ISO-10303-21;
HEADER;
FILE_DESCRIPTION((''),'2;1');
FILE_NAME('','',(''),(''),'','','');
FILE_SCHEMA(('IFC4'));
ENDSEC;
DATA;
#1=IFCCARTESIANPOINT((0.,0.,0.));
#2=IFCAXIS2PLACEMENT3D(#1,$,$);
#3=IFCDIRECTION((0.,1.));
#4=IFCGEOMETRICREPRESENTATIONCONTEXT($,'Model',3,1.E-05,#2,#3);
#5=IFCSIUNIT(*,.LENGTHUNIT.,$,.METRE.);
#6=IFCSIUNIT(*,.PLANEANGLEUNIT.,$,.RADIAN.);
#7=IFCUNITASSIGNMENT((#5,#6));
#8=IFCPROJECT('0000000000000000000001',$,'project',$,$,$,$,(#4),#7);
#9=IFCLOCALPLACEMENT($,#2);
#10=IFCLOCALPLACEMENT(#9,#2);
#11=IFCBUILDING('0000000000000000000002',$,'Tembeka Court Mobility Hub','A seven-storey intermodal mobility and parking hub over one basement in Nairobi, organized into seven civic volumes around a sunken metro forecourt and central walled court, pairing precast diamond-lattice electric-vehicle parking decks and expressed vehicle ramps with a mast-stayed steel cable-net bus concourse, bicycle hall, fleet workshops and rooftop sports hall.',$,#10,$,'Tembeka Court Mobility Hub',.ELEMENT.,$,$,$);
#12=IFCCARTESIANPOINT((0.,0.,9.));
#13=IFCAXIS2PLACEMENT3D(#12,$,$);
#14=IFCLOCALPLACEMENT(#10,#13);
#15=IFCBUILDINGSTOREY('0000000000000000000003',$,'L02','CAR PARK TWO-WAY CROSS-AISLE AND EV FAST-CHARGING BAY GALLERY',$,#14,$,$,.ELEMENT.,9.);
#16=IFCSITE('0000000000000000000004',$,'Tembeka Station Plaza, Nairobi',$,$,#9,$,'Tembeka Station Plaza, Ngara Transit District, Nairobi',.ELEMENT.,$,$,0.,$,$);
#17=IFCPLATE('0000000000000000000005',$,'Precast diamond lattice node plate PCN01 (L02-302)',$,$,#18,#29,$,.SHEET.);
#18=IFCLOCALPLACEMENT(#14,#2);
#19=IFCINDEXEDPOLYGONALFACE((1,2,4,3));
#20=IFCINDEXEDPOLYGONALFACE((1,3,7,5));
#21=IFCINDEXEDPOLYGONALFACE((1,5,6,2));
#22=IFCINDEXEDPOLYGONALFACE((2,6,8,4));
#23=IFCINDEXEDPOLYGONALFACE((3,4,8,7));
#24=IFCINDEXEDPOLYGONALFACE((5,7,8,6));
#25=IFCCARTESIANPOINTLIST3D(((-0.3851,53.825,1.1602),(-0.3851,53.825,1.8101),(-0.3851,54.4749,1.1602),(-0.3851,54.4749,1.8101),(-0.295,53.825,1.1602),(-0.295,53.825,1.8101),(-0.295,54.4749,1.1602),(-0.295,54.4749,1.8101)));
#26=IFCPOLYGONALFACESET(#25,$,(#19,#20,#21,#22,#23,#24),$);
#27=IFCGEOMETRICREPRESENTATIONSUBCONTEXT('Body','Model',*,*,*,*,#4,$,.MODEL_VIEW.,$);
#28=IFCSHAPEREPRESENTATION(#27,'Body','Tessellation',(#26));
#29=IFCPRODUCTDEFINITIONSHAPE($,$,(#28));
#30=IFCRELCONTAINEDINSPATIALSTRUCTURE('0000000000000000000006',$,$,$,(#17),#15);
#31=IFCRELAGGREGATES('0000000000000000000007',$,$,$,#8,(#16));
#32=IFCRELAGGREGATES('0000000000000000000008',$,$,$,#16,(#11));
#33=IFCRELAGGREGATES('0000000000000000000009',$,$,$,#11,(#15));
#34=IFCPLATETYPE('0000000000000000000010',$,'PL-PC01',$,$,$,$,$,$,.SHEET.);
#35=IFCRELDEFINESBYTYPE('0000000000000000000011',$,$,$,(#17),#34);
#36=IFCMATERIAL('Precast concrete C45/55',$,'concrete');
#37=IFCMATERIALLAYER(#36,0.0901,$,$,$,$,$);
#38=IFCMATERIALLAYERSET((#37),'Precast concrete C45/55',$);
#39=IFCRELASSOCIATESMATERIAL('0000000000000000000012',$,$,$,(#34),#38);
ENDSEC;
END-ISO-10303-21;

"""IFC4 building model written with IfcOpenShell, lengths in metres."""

from ifc_helpers import new_model, si_unit, direction, frame, origin, origin_2d, place, context, subcontext, project, spatial, rectangle, extrude, material, layer, layer_set, type_object, element, save


model = new_model("IFC4")

# Units and contexts
model_context = context("Model", 3, precision=1e-05, world=origin(), true_north=direction((0.0, 1.0)))
body_context = subcontext(model_context, "Body", "Model", "MODEL_VIEW")
ifc_project = project(units=[si_unit("LENGTHUNIT", "METRE"), si_unit("PLANEANGLEUNIT", "RADIAN")], contexts=[model_context])

# Site, building, storey
site_placement = place(None, origin())
site = spatial("IfcSite", under=ifc_project, at=site_placement, Name="Tembeka Station Plaza, Nairobi", LongName="Tembeka Station Plaza, Ngara Transit District, Nairobi", CompositionType="ELEMENT", RefElevation=0.0)
building_placement = place(site_placement, origin())
building = spatial("IfcBuilding", under=site, at=building_placement, Name="Tembeka Court Mobility Hub", Description="A seven-storey intermodal mobility and parking hub over one basement in Nairobi, organized into seven civic volumes around a sunken metro forecourt and central walled court, pairing precast diamond-lattice electric-vehicle parking decks and expressed vehicle ramps with a mast-stayed steel cable-net bus concourse, bicycle hall, fleet workshops and rooftop sports hall.", LongName="Tembeka Court Mobility Hub", CompositionType="ELEMENT")
storey_placement = place(building_placement, frame((0.0, 0.0, 9.0)))
storey = spatial("IfcBuildingStorey", under=building, at=storey_placement, Name="L02", Description="CAR PARK TWO-WAY CROSS-AISLE AND EV FAST-CHARGING BAY GALLERY", CompositionType="ELEMENT", Elevation=9.0)

# Shared definitions
ifc_material_1 = material(Name="Precast concrete C45/55", Category="concrete")

# Plate
ifc_layer = layer(ifc_material_1, 0.0901)
ifc_layer_set = layer_set([ifc_layer], Name="Precast concrete C45/55")
plate_type = type_object("IfcPlateType", Name="PL-PC01", PredefinedType="SHEET", material=ifc_layer_set)
for number, where, z_axis, x_axis, name in (
    (1, (-0.3401, 54.1499, 1.1602), (0.0, 0.0, 1.0), (1.0, 0.0, 0.0), "Precast diamond lattice node plate PCN01 (L02-302)"),
):
    element("IfcPlate", number, at=place(storey_placement, frame(where, z_axis=z_axis, x_axis=x_axis)), inside=storey, type_object=plate_type, Name=name, PredefinedType="SHEET", context=body_context, shape_type="SweptSolid", body=[
        extrude(rectangle(XDim=0.0901, YDim=0.6499, at=origin_2d()), origin(), (0.0, 0.0, 1.0), 0.6499),
    ])

save(model, "model.ifc")
